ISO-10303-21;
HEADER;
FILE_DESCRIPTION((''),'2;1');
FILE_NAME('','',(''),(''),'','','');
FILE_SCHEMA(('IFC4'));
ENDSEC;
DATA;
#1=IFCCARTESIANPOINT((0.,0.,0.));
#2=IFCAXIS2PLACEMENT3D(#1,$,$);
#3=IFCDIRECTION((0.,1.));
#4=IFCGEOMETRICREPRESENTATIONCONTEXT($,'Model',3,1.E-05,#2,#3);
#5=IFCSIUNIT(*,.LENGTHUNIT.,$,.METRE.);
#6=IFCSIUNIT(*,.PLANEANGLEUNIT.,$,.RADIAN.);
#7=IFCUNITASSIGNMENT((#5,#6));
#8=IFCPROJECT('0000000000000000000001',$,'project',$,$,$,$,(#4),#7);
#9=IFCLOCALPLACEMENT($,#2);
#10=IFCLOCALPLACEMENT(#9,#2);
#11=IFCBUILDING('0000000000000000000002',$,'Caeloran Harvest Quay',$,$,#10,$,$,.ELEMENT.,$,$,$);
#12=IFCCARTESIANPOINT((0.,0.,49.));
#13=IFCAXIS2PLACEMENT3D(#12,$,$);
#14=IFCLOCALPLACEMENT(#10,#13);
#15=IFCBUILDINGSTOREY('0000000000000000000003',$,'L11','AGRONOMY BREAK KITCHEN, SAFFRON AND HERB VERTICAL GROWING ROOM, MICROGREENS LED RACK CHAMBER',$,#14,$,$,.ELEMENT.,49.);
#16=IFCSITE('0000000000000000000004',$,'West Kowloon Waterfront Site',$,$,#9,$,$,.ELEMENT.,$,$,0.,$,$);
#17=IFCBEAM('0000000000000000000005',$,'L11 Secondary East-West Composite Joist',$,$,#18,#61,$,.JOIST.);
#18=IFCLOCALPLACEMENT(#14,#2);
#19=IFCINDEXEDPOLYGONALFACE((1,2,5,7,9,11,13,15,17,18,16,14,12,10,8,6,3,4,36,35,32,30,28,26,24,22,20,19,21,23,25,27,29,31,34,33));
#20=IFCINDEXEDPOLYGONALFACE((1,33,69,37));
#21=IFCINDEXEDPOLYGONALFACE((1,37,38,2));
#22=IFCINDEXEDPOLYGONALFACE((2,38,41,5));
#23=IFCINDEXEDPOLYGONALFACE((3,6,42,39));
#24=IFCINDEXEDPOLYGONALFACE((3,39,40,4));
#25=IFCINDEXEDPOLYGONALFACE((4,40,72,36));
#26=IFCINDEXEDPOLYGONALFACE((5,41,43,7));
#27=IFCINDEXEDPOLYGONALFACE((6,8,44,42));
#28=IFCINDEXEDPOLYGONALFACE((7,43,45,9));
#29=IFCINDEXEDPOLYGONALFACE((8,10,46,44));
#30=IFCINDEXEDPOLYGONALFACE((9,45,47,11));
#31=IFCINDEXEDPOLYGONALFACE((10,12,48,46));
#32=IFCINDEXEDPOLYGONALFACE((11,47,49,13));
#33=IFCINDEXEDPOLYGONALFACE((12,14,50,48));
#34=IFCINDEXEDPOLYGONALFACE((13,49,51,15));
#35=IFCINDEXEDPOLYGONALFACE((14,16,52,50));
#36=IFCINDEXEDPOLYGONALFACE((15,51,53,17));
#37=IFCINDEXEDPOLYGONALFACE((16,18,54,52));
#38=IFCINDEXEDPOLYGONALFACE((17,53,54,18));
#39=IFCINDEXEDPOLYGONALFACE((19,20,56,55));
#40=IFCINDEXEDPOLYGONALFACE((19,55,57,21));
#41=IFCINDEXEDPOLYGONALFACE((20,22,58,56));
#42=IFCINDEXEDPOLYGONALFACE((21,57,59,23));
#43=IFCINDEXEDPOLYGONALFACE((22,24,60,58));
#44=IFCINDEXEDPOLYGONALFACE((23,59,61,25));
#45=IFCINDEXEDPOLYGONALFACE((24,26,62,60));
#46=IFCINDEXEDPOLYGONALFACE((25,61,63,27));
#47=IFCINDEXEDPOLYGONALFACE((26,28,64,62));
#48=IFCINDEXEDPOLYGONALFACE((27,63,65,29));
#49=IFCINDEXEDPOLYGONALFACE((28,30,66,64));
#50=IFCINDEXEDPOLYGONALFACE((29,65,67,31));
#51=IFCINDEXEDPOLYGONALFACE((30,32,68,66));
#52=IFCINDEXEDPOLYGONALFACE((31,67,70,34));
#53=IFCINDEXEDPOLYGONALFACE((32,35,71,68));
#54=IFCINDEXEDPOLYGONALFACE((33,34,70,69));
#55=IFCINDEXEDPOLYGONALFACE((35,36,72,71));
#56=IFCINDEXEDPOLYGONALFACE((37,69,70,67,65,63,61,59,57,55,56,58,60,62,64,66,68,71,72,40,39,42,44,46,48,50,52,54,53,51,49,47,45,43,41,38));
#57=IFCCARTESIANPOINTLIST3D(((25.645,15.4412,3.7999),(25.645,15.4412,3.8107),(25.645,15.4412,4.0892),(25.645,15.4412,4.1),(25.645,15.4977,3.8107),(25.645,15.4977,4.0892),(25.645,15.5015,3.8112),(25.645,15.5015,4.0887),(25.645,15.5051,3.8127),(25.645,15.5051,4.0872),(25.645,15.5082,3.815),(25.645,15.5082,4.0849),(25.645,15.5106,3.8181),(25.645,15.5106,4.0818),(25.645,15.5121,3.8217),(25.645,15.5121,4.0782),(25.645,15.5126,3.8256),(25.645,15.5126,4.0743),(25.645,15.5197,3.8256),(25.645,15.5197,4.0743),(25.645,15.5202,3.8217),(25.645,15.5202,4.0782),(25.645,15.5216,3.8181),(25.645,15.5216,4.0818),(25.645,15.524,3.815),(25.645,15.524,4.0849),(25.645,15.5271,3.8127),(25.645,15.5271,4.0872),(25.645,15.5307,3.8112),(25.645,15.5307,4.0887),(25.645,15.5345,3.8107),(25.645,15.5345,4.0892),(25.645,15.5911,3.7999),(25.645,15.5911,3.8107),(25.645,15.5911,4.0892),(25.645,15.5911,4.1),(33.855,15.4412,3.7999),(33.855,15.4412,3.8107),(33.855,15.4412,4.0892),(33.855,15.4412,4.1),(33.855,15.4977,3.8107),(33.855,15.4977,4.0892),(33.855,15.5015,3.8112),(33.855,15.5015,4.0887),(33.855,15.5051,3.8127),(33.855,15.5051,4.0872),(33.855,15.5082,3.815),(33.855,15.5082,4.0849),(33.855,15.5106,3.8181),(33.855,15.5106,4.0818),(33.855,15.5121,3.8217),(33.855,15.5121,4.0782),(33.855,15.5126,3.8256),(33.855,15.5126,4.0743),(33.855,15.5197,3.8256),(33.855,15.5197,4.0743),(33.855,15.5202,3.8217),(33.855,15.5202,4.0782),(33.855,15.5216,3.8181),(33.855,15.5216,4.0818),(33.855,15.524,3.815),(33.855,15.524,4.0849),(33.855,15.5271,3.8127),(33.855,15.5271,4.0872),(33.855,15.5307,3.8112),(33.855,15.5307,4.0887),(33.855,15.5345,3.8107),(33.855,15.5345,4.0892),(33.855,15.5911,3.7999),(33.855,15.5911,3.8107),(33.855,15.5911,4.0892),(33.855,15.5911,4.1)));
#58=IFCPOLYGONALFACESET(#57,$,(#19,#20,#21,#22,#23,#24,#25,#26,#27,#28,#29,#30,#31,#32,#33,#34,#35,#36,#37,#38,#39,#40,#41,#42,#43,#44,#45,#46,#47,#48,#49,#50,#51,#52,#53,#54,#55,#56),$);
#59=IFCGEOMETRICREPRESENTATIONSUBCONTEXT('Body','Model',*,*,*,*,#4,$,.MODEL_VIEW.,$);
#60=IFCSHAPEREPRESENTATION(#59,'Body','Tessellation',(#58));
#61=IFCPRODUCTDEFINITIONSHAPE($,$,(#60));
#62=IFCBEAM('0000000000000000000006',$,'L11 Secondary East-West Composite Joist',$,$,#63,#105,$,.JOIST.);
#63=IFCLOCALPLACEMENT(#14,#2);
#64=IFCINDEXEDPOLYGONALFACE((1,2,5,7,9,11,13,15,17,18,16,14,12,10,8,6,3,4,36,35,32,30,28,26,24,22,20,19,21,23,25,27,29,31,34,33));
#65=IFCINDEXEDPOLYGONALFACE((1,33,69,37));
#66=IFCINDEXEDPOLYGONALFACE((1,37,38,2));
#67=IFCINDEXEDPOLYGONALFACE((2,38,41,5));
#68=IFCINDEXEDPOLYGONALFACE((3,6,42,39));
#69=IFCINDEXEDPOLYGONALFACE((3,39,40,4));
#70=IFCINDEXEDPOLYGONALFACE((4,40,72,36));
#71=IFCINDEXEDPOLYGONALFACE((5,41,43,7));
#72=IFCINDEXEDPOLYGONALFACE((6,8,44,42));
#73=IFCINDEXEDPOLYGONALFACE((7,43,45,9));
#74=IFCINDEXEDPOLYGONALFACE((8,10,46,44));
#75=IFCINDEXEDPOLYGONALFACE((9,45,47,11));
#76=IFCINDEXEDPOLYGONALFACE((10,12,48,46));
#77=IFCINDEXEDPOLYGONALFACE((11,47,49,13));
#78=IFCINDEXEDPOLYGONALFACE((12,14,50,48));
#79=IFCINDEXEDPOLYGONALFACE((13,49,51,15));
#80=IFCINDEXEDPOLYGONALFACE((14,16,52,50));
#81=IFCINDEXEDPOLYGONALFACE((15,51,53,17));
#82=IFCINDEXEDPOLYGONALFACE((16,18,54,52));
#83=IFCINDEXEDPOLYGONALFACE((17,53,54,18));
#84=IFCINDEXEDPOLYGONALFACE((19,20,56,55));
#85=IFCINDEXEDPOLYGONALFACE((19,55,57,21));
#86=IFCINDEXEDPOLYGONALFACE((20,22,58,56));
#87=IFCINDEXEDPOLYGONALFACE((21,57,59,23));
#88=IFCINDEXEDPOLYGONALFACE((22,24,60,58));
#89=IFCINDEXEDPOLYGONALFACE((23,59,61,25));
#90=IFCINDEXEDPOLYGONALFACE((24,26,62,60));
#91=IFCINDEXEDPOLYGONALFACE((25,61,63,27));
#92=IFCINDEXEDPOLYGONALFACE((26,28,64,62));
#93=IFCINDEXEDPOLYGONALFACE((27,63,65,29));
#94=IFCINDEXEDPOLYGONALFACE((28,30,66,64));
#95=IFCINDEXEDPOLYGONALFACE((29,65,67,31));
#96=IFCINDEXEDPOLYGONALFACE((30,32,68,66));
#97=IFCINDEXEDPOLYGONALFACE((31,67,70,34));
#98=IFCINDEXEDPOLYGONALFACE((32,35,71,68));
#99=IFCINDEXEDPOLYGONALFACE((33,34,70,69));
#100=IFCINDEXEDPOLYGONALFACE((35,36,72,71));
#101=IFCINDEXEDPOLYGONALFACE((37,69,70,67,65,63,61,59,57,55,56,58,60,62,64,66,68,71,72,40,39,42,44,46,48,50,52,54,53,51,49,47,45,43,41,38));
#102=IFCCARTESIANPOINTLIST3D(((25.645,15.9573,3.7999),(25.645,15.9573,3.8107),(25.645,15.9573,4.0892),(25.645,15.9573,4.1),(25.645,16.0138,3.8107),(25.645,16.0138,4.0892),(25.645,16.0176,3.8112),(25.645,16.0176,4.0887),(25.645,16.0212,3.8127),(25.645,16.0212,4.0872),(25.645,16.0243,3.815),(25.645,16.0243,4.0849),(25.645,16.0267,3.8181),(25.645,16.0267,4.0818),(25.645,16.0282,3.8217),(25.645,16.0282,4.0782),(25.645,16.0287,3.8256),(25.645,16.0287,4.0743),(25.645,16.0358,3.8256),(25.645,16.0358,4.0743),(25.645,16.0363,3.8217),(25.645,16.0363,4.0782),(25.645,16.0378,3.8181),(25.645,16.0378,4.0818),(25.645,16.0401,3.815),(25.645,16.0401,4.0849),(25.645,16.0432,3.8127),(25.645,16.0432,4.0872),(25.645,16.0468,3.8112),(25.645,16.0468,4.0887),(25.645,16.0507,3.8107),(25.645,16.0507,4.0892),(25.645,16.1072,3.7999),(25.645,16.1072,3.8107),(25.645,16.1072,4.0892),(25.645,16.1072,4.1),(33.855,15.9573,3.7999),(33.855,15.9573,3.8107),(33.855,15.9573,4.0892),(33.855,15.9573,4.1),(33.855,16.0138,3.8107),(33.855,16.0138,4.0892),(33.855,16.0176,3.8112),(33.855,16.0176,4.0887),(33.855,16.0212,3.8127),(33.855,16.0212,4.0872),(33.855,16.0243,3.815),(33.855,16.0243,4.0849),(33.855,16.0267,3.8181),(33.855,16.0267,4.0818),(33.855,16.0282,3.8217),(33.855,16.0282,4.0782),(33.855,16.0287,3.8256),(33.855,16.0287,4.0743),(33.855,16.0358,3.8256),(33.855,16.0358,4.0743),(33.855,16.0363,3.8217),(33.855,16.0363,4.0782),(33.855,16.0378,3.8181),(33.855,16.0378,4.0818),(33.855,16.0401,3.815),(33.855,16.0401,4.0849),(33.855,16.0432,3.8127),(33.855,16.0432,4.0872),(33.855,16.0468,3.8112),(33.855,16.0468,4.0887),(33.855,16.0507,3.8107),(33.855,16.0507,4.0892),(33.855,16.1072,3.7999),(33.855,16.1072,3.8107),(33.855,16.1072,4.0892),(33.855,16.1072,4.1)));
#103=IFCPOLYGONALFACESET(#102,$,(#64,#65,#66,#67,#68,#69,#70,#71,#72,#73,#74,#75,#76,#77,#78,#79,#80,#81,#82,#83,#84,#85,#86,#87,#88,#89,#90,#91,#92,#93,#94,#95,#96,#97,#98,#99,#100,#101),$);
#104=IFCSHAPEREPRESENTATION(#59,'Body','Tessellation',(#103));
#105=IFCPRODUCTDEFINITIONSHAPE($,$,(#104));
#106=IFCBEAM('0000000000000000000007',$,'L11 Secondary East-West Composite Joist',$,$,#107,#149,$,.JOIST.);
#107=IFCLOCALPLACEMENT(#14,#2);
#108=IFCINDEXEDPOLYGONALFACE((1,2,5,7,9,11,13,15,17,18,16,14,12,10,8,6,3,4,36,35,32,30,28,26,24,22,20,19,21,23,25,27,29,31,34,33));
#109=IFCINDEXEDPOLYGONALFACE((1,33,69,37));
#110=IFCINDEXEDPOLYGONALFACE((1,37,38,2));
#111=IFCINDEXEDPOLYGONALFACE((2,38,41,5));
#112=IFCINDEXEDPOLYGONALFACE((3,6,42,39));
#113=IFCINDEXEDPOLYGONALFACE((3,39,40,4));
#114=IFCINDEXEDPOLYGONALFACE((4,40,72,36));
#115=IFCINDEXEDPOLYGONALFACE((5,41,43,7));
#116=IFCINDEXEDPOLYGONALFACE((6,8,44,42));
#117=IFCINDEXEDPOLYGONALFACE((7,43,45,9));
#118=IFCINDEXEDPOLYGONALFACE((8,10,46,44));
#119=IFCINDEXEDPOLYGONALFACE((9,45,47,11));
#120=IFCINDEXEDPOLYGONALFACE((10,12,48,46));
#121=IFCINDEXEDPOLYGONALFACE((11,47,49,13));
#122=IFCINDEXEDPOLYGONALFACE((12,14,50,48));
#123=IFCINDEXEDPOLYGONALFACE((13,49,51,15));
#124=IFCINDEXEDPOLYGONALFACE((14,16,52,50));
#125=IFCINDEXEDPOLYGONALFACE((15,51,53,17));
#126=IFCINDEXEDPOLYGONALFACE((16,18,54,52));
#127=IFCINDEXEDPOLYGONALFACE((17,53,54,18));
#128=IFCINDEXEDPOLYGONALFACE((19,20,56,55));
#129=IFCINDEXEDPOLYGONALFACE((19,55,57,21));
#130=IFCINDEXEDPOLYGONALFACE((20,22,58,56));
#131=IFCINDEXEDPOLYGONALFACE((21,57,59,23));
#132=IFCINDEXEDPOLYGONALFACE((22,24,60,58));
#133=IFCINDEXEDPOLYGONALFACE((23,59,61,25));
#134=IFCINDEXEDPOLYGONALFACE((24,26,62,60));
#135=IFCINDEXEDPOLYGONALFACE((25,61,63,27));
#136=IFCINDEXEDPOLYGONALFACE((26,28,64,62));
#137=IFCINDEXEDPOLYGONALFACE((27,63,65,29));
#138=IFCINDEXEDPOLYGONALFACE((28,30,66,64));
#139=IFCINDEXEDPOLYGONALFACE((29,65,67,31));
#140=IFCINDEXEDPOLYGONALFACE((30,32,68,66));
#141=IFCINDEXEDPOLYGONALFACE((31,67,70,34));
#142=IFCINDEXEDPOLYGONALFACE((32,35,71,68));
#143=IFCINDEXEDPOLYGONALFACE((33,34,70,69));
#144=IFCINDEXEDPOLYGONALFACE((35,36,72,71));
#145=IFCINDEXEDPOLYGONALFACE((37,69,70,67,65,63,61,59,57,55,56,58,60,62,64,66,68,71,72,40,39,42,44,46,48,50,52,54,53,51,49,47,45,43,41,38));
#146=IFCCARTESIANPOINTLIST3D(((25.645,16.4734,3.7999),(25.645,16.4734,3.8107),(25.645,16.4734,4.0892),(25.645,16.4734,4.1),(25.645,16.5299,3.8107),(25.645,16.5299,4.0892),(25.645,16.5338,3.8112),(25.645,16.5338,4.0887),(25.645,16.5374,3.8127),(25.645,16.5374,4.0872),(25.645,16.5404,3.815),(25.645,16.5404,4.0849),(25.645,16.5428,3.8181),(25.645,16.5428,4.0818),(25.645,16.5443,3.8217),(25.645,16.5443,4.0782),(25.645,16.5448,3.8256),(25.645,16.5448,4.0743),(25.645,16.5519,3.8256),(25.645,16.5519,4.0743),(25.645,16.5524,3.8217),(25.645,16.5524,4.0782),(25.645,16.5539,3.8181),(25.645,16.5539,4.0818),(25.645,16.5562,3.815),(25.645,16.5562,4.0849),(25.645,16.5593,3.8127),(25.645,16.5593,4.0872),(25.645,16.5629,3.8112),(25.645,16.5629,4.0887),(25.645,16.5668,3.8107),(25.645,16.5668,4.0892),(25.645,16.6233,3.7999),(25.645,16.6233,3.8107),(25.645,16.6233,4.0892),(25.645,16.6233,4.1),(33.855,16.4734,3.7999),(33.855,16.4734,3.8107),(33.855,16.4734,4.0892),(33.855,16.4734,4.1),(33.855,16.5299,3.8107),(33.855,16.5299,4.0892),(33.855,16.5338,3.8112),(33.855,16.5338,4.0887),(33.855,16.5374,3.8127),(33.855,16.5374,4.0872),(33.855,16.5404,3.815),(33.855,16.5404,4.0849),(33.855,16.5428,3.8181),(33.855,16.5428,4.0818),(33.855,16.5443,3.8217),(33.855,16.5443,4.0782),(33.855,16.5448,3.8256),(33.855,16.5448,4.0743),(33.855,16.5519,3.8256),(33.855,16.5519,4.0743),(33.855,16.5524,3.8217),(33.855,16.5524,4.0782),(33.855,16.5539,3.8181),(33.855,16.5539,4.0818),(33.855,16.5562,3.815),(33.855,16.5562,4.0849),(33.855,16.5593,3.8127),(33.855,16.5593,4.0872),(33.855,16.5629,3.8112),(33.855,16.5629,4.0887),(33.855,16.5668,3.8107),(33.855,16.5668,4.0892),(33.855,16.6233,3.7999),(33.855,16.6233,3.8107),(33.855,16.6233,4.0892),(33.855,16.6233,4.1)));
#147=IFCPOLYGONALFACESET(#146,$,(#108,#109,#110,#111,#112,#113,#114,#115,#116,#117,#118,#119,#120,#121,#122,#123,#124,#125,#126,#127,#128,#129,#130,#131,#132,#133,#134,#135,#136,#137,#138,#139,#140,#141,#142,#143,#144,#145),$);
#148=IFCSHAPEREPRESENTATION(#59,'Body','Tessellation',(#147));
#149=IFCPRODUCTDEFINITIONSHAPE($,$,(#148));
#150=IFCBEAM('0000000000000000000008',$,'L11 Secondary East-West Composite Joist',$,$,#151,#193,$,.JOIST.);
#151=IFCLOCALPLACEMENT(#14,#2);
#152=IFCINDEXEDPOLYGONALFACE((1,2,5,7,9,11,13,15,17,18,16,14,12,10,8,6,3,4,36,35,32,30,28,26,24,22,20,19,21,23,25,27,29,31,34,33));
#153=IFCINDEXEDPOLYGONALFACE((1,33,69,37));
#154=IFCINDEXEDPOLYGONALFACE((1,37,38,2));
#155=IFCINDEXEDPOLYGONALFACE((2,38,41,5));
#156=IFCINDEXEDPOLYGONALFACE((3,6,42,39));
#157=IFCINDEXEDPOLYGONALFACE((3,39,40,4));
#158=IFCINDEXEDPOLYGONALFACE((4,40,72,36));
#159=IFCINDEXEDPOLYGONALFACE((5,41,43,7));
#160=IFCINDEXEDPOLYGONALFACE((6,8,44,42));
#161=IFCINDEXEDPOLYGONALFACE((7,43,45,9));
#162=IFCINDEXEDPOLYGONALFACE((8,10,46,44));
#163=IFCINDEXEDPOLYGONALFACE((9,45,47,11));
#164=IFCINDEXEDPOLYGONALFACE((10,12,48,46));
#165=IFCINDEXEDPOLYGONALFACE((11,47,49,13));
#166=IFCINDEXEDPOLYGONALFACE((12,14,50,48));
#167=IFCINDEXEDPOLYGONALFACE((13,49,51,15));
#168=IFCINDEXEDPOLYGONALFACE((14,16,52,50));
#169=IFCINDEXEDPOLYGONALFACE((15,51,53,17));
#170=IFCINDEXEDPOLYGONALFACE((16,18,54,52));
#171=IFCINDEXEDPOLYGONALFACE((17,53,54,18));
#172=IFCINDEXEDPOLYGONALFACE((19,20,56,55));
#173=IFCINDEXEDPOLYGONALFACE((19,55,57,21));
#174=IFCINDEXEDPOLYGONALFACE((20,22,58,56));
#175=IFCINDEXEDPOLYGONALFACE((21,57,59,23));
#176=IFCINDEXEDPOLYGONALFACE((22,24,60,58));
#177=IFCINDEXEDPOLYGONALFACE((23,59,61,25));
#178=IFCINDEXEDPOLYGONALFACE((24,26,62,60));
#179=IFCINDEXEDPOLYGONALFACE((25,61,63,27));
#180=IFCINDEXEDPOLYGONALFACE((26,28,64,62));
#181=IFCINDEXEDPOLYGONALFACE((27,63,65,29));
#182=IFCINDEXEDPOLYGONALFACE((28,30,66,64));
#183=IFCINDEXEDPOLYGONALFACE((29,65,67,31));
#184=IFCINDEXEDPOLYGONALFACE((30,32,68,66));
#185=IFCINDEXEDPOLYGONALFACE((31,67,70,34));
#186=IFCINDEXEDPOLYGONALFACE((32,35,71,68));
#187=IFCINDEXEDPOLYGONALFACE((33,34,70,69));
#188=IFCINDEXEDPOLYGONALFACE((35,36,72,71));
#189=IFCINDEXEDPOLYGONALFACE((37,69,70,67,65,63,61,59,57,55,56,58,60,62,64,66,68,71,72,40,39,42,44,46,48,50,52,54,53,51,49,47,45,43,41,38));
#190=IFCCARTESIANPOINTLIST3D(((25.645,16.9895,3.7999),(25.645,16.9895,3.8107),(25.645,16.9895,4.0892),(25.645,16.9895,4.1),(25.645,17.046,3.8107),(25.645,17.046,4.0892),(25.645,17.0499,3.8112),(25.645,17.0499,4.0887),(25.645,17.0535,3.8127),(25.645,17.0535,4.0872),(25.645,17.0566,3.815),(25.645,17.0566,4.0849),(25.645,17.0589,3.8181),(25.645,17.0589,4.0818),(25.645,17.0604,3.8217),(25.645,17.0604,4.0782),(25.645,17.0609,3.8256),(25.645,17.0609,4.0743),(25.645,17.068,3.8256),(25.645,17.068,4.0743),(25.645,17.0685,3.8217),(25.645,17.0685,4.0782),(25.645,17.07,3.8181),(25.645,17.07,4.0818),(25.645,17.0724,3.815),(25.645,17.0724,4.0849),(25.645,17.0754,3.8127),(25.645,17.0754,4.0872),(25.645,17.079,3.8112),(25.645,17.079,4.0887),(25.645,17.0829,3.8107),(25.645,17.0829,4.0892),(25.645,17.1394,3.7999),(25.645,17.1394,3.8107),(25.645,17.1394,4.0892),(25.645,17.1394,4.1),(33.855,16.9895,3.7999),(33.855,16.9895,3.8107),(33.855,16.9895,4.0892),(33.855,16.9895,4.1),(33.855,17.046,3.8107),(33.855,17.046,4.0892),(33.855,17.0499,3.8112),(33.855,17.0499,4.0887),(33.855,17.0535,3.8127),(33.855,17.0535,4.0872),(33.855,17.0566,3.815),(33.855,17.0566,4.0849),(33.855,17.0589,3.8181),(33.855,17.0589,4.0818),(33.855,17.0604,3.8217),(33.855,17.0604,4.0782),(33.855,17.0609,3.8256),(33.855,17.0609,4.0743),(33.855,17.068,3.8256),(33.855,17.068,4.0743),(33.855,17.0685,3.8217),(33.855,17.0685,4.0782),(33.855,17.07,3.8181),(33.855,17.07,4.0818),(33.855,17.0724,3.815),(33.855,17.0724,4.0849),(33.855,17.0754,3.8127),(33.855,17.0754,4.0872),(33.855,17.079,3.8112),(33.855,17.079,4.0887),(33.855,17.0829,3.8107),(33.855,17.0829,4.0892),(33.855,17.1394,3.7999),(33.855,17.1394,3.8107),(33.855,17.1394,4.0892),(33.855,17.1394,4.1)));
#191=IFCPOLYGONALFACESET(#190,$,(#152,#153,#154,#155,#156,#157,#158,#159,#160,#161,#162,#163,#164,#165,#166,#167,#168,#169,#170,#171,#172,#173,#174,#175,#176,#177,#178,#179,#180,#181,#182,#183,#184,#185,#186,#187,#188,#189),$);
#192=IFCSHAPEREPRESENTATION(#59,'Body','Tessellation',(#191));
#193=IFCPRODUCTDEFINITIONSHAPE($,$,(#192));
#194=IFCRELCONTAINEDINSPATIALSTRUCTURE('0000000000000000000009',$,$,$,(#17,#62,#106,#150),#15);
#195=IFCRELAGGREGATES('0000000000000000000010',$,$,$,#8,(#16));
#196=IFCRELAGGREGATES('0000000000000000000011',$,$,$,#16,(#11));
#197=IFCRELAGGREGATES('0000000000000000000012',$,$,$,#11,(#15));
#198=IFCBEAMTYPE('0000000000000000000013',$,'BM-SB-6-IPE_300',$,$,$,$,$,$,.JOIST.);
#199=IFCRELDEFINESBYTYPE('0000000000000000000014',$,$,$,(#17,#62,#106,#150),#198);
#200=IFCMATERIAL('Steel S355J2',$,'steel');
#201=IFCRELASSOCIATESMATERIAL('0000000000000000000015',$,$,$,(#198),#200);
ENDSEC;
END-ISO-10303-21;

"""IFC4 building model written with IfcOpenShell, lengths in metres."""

from ifc_helpers import new_model, si_unit, direction, frame, origin, origin_2d, place, context, subcontext, project, spatial, i_section, extrude, material, material_profile, profile_set, type_object, element, save


model = new_model("IFC4")

# Units and contexts
model_context = context("Model", 3, precision=1e-05, world=origin(), true_north=direction((0.0, 1.0)))
body_context = subcontext(model_context, "Body", "Model", "MODEL_VIEW")
ifc_project = project(units=[si_unit("LENGTHUNIT", "METRE"), si_unit("PLANEANGLEUNIT", "RADIAN")], contexts=[model_context])

# Site, building, storey
site_placement = place(None, origin())
site = spatial("IfcSite", under=ifc_project, at=site_placement, Name="West Kowloon Waterfront Site", CompositionType="ELEMENT", RefElevation=0.0)
building_placement = place(site_placement, origin())
building = spatial("IfcBuilding", under=site, at=building_placement, Name="Caeloran Harvest Quay", CompositionType="ELEMENT")
storey_placement = place(building_placement, frame((0.0, 0.0, 49.0)))
storey = spatial("IfcBuildingStorey", under=building, at=storey_placement, Name="L11", Description="AGRONOMY BREAK KITCHEN, SAFFRON AND HERB VERTICAL GROWING ROOM, MICROGREENS LED RACK CHAMBER", CompositionType="ELEMENT", Elevation=49.0)

# Beams
ifc_material_1 = material(Name="Steel S355J2", Category="steel")
ifc_material_profile_1 = material_profile(ifc_material_1, i_section(OverallWidth=0.1499, OverallDepth=0.3, WebThickness=0.0071, FlangeThickness=0.0107, FilletRadius=0.0149, at=origin_2d()), Name="IPE 300")
ifc_profile_set_1 = profile_set([ifc_material_profile_1], Name="Steel S355J2")
beam_type_1 = type_object("IfcBeamType", Name="BM-SB-6-IPE_300", PredefinedType="JOIST", material=ifc_profile_set_1)
for number, where, z_axis, x_axis, name in (
    (1, (25.645, 15.5161, 3.95), (1.0, 0.0, 0.0), (0.0, 1.0, 0.0), "L11 Secondary East-West Composite Joist"),
    (2, (25.645, 16.0322, 3.95), (1.0, 0.0, 0.0), (0.0, 1.0, 0.0), "L11 Secondary East-West Composite Joist"),
    (3, (25.645, 16.5483, 3.95), (1.0, 0.0, 0.0), (0.0, 1.0, 0.0), "L11 Secondary East-West Composite Joist"),
    (4, (25.645, 17.0645, 3.95), (1.0, 0.0, 0.0), (0.0, 1.0, 0.0), "L11 Secondary East-West Composite Joist"),
):
    element("IfcBeam", number, at=place(storey_placement, frame(where, z_axis=z_axis, x_axis=x_axis)), inside=storey, type_object=beam_type_1, Name=name, PredefinedType="JOIST", context=body_context, shape_type="SweptSolid", body=[
        extrude(i_section(OverallWidth=0.1499, OverallDepth=0.3, WebThickness=0.0071, FlangeThickness=0.0107, FilletRadius=0.0149, at=origin_2d()), origin(), (0.0, 0.0, 1.0), 8.21),
    ])

save(model, "model.ifc")
